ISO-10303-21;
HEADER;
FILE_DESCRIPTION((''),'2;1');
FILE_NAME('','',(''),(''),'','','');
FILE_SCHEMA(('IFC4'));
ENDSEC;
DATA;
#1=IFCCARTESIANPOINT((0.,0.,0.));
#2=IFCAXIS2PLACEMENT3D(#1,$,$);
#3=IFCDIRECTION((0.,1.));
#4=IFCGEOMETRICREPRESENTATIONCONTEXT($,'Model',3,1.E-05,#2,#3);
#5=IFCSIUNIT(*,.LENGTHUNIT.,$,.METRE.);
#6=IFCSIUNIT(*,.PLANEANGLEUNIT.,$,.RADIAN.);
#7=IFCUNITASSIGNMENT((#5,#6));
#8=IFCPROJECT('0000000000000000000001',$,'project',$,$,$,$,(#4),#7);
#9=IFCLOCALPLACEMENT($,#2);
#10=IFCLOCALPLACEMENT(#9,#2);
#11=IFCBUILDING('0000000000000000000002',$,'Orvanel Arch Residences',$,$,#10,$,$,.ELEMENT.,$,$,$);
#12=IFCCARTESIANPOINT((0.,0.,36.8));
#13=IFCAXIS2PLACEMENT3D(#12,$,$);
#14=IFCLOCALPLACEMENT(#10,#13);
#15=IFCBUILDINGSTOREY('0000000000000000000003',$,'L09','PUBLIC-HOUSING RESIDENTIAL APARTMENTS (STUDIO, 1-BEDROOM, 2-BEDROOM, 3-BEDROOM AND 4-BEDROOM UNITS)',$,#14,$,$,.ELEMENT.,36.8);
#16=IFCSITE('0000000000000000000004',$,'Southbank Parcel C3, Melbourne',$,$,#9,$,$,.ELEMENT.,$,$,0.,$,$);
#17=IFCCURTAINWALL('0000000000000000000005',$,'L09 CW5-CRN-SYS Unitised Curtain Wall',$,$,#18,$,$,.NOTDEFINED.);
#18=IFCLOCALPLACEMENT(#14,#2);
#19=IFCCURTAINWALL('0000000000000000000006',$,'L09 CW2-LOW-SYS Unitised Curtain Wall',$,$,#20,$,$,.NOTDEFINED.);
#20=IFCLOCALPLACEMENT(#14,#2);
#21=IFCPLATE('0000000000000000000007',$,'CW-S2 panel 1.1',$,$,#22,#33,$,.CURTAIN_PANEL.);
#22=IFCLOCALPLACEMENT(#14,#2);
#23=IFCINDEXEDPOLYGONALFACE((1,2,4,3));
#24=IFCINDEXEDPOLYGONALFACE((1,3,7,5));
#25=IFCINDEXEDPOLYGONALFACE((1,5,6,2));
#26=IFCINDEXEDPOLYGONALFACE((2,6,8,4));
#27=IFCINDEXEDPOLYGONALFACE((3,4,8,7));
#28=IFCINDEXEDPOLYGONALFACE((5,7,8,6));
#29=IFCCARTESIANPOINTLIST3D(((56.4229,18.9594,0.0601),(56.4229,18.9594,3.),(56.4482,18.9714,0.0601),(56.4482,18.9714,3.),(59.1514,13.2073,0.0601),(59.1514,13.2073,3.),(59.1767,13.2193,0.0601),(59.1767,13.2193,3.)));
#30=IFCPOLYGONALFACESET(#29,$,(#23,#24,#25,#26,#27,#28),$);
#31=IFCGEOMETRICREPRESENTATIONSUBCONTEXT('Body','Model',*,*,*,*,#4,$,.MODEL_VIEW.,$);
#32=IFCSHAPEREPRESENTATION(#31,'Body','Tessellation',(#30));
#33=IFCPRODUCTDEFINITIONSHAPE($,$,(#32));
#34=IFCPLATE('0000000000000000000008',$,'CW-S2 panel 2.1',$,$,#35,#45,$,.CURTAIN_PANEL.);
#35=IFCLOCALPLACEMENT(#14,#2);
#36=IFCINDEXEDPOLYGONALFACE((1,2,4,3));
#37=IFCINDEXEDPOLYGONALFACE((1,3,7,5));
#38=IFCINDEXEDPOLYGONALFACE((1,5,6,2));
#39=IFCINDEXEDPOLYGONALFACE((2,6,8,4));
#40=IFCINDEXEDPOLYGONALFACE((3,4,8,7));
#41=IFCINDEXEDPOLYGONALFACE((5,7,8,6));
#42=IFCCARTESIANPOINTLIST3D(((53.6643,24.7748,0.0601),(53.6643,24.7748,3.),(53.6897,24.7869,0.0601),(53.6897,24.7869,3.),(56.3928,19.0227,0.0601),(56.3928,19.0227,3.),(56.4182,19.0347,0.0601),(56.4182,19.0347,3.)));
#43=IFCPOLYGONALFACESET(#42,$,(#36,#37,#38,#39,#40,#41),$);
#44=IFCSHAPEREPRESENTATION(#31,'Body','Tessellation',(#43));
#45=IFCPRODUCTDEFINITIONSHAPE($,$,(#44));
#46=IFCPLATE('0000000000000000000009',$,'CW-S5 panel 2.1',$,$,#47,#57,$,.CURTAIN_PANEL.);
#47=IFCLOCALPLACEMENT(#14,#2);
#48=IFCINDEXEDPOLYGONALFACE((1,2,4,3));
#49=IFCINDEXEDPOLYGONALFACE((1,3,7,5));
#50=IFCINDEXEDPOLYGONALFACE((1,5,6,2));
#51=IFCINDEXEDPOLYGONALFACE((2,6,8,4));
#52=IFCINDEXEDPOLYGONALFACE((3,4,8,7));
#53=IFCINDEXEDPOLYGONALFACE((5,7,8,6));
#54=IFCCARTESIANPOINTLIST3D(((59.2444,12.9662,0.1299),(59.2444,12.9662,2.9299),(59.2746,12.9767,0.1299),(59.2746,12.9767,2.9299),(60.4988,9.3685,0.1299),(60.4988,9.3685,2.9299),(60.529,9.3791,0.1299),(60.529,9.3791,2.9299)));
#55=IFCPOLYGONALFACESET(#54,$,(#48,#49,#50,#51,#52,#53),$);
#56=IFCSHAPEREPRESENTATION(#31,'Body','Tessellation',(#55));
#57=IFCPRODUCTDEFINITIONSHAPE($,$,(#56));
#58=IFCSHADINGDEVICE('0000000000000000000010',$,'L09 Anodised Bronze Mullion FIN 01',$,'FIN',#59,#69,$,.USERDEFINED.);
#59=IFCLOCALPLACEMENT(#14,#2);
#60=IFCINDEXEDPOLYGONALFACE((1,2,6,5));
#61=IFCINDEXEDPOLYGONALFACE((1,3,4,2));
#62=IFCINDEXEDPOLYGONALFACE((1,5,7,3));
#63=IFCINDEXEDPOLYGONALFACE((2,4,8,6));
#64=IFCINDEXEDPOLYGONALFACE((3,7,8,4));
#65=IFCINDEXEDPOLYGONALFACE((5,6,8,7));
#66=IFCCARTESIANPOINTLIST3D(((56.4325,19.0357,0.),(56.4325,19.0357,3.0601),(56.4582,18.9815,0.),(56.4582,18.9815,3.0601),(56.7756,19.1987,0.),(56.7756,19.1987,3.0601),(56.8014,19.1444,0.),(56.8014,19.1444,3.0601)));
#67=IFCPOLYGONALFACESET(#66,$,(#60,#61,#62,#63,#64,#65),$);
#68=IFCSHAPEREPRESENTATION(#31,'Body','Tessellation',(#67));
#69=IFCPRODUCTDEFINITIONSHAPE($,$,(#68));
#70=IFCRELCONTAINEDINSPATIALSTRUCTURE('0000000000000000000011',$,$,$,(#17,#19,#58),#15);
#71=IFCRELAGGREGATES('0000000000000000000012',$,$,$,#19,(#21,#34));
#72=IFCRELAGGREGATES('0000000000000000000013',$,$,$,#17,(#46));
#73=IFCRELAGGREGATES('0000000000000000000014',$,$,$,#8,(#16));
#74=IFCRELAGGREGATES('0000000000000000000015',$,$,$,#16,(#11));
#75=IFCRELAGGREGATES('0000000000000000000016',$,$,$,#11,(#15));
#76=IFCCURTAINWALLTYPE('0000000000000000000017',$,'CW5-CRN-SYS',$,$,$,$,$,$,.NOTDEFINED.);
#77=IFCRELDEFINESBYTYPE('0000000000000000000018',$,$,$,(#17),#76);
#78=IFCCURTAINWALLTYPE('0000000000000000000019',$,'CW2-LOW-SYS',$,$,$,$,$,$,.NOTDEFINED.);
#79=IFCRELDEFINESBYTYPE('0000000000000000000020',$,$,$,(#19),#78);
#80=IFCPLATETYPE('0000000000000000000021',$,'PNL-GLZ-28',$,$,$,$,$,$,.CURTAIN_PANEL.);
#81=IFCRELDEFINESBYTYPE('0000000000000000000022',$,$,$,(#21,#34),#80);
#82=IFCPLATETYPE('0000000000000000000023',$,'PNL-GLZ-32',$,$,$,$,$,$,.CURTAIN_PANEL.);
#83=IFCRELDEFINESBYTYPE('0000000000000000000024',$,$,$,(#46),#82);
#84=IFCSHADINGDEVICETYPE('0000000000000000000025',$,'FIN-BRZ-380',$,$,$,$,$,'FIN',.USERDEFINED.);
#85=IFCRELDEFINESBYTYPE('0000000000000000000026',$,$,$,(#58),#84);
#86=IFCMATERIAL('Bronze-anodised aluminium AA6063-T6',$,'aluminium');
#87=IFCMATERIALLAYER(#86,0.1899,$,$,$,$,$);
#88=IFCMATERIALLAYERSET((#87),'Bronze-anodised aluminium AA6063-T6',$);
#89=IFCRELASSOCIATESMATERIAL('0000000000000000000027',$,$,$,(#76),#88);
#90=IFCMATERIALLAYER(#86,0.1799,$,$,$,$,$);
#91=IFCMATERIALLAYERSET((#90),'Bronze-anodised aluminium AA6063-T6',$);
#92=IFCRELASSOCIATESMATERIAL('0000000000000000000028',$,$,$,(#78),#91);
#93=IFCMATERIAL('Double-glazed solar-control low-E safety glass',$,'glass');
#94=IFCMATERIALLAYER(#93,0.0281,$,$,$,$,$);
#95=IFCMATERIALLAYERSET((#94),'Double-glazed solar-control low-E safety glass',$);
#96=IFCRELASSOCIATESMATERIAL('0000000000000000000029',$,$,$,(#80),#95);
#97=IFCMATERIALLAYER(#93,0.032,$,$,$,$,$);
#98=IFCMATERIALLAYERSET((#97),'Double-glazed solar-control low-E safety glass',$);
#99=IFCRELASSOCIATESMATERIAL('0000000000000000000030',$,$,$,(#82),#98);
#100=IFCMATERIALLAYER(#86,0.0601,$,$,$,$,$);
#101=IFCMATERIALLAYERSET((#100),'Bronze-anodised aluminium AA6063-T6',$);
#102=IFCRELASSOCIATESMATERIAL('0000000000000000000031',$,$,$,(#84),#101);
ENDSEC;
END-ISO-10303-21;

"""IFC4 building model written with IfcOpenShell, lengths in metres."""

from ifc_helpers import new_model, si_unit, direction, frame, origin, origin_2d, place, context, subcontext, project, spatial, rectangle, extrude, material, layer, layer_set, type_object, element, aggregate, save


model = new_model("IFC4")

# Units and contexts
model_context = context("Model", 3, precision=1e-05, world=origin(), true_north=direction((0.0, 1.0)))
body_context = subcontext(model_context, "Body", "Model", "MODEL_VIEW")
ifc_project = project(units=[si_unit("LENGTHUNIT", "METRE"), si_unit("PLANEANGLEUNIT", "RADIAN")], contexts=[model_context])

# Site, building, storey
site_placement = place(None, origin())
site = spatial("IfcSite", under=ifc_project, at=site_placement, Name="Southbank Parcel C3, Melbourne", CompositionType="ELEMENT", RefElevation=0.0)
building_placement = place(site_placement, origin())
building = spatial("IfcBuilding", under=site, at=building_placement, Name="Orvanel Arch Residences", CompositionType="ELEMENT")
storey_placement = place(building_placement, frame((0.0, 0.0, 36.8)))
storey = spatial("IfcBuildingStorey", under=building, at=storey_placement, Name="L09", Description="PUBLIC-HOUSING RESIDENTIAL APARTMENTS (STUDIO, 1-BEDROOM, 2-BEDROOM, 3-BEDROOM AND 4-BEDROOM UNITS)", CompositionType="ELEMENT", Elevation=36.8)

# Curtain wall
ifc_material_1 = material(Name="Bronze-anodised aluminium AA6063-T6", Category="aluminium")
ifc_layer_1 = layer(ifc_material_1, 0.1899)
ifc_layer_set_1 = layer_set([ifc_layer_1], Name="Bronze-anodised aluminium AA6063-T6")
curtain_wall_type_1 = type_object("IfcCurtainWallType", Name="CW5-CRN-SYS", PredefinedType="NOTDEFINED", material=ifc_layer_set_1)
curtain_wall_1_placement = place(storey_placement, origin())
curtain_wall_1 = element("IfcCurtainWall", 1, at=curtain_wall_1_placement, inside=storey, type_object=curtain_wall_type_1, Name="L09 CW5-CRN-SYS Unitised Curtain Wall", PredefinedType="NOTDEFINED")

# Curtain wall
ifc_layer_2 = layer(ifc_material_1, 0.1799)
ifc_layer_set_2 = layer_set([ifc_layer_2], Name="Bronze-anodised aluminium AA6063-T6")
curtain_wall_type_2 = type_object("IfcCurtainWallType", Name="CW2-LOW-SYS", PredefinedType="NOTDEFINED", material=ifc_layer_set_2)
curtain_wall_2_placement = place(storey_placement, origin())
curtain_wall_2 = element("IfcCurtainWall", 2, at=curtain_wall_2_placement, inside=storey, type_object=curtain_wall_type_2, Name="L09 CW2-LOW-SYS Unitised Curtain Wall", PredefinedType="NOTDEFINED")

# Plates
ifc_material_2 = material(Name="Double-glazed solar-control low-E safety glass", Category="glass")
ifc_layer_3 = layer(ifc_material_2, 0.0281)
ifc_layer_set_3 = layer_set([ifc_layer_3], Name="Double-glazed solar-control low-E safety glass")
plate_type_1 = type_object("IfcPlateType", Name="PNL-GLZ-28", PredefinedType="CURTAIN_PANEL", material=ifc_layer_set_3)
plate_1_placement = place(storey_placement, frame((57.7998, 16.0894, 0.0601), z_axis=(0.0, 0.0, 1.0), x_axis=(-0.428575, 0.903506, 0.0)))
plate_1 = element("IfcPlate", 3, at=plate_1_placement, type_object=plate_type_1, Name="CW-S2 panel 1.1", PredefinedType="CURTAIN_PANEL", context=body_context, shape_type="SweptSolid", body=[
    extrude(rectangle(XDim=6.3665, YDim=0.0281, at=origin_2d()), origin(), (0.0, 0.0, 1.0), 2.9399),
])
plate_2_placement = place(storey_placement, frame((55.0413, 21.9048, 0.0601), z_axis=(0.0, 0.0, 1.0), x_axis=(-0.428575, 0.903506, 0.0)))
plate_2 = element("IfcPlate", 4, at=plate_2_placement, type_object=plate_type_1, Name="CW-S2 panel 2.1", PredefinedType="CURTAIN_PANEL", context=body_context, shape_type="SweptSolid", body=[
    extrude(rectangle(XDim=6.3665, YDim=0.0281, at=origin_2d()), origin(), (0.0, 0.0, 1.0), 2.9399),
])
aggregate(curtain_wall_2, [plate_1, plate_2])
ifc_layer_4 = layer(ifc_material_2, 0.032)
ifc_layer_set_4 = layer_set([ifc_layer_4], Name="Double-glazed solar-control low-E safety glass")
plate_type_2 = type_object("IfcPlateType", Name="PNL-GLZ-32", PredefinedType="CURTAIN_PANEL", material=ifc_layer_set_4)
plate_3_placement = place(storey_placement, frame((59.8867, 11.1726, 0.1299), z_axis=(0.0, 0.0, 1.0), x_axis=(-0.329246, 0.944244, 0.0)))
plate_3 = element("IfcPlate", 5, at=plate_3_placement, type_object=plate_type_2, Name="CW-S5 panel 2.1", PredefinedType="CURTAIN_PANEL", context=body_context, shape_type="SweptSolid", body=[
    extrude(rectangle(XDim=3.8101, YDim=0.032, at=origin_2d()), origin(), (0.0, 0.0, 1.0), 2.8),
])
aggregate(curtain_wall_1, [plate_3])

# Shading device
ifc_layer_5 = layer(ifc_material_1, 0.0601)
ifc_layer_set_5 = layer_set([ifc_layer_5], Name="Bronze-anodised aluminium AA6063-T6")
shading_device_type = type_object("IfcShadingDeviceType", Name="FIN-BRZ-380", ElementType="FIN", PredefinedType="USERDEFINED", material=ifc_layer_set_5)
shading_device_placement = place(storey_placement, frame((56.6169, 19.0901, 0.0), z_axis=(0.0, 0.0, 1.0), x_axis=(0.903335, 0.428935, 0.0)))
element("IfcShadingDevice", 6, at=shading_device_placement, inside=storey, type_object=shading_device_type, Name="L09 Anodised Bronze Mullion FIN 01", ObjectType="FIN", PredefinedType="USERDEFINED", context=body_context, shape_type="SweptSolid", body=[
    extrude(rectangle(XDim=0.3799, YDim=0.0601, at=origin_2d()), origin(), (0.0, 0.0, 1.0), 3.0601),
])

save(model, "model.ifc")
